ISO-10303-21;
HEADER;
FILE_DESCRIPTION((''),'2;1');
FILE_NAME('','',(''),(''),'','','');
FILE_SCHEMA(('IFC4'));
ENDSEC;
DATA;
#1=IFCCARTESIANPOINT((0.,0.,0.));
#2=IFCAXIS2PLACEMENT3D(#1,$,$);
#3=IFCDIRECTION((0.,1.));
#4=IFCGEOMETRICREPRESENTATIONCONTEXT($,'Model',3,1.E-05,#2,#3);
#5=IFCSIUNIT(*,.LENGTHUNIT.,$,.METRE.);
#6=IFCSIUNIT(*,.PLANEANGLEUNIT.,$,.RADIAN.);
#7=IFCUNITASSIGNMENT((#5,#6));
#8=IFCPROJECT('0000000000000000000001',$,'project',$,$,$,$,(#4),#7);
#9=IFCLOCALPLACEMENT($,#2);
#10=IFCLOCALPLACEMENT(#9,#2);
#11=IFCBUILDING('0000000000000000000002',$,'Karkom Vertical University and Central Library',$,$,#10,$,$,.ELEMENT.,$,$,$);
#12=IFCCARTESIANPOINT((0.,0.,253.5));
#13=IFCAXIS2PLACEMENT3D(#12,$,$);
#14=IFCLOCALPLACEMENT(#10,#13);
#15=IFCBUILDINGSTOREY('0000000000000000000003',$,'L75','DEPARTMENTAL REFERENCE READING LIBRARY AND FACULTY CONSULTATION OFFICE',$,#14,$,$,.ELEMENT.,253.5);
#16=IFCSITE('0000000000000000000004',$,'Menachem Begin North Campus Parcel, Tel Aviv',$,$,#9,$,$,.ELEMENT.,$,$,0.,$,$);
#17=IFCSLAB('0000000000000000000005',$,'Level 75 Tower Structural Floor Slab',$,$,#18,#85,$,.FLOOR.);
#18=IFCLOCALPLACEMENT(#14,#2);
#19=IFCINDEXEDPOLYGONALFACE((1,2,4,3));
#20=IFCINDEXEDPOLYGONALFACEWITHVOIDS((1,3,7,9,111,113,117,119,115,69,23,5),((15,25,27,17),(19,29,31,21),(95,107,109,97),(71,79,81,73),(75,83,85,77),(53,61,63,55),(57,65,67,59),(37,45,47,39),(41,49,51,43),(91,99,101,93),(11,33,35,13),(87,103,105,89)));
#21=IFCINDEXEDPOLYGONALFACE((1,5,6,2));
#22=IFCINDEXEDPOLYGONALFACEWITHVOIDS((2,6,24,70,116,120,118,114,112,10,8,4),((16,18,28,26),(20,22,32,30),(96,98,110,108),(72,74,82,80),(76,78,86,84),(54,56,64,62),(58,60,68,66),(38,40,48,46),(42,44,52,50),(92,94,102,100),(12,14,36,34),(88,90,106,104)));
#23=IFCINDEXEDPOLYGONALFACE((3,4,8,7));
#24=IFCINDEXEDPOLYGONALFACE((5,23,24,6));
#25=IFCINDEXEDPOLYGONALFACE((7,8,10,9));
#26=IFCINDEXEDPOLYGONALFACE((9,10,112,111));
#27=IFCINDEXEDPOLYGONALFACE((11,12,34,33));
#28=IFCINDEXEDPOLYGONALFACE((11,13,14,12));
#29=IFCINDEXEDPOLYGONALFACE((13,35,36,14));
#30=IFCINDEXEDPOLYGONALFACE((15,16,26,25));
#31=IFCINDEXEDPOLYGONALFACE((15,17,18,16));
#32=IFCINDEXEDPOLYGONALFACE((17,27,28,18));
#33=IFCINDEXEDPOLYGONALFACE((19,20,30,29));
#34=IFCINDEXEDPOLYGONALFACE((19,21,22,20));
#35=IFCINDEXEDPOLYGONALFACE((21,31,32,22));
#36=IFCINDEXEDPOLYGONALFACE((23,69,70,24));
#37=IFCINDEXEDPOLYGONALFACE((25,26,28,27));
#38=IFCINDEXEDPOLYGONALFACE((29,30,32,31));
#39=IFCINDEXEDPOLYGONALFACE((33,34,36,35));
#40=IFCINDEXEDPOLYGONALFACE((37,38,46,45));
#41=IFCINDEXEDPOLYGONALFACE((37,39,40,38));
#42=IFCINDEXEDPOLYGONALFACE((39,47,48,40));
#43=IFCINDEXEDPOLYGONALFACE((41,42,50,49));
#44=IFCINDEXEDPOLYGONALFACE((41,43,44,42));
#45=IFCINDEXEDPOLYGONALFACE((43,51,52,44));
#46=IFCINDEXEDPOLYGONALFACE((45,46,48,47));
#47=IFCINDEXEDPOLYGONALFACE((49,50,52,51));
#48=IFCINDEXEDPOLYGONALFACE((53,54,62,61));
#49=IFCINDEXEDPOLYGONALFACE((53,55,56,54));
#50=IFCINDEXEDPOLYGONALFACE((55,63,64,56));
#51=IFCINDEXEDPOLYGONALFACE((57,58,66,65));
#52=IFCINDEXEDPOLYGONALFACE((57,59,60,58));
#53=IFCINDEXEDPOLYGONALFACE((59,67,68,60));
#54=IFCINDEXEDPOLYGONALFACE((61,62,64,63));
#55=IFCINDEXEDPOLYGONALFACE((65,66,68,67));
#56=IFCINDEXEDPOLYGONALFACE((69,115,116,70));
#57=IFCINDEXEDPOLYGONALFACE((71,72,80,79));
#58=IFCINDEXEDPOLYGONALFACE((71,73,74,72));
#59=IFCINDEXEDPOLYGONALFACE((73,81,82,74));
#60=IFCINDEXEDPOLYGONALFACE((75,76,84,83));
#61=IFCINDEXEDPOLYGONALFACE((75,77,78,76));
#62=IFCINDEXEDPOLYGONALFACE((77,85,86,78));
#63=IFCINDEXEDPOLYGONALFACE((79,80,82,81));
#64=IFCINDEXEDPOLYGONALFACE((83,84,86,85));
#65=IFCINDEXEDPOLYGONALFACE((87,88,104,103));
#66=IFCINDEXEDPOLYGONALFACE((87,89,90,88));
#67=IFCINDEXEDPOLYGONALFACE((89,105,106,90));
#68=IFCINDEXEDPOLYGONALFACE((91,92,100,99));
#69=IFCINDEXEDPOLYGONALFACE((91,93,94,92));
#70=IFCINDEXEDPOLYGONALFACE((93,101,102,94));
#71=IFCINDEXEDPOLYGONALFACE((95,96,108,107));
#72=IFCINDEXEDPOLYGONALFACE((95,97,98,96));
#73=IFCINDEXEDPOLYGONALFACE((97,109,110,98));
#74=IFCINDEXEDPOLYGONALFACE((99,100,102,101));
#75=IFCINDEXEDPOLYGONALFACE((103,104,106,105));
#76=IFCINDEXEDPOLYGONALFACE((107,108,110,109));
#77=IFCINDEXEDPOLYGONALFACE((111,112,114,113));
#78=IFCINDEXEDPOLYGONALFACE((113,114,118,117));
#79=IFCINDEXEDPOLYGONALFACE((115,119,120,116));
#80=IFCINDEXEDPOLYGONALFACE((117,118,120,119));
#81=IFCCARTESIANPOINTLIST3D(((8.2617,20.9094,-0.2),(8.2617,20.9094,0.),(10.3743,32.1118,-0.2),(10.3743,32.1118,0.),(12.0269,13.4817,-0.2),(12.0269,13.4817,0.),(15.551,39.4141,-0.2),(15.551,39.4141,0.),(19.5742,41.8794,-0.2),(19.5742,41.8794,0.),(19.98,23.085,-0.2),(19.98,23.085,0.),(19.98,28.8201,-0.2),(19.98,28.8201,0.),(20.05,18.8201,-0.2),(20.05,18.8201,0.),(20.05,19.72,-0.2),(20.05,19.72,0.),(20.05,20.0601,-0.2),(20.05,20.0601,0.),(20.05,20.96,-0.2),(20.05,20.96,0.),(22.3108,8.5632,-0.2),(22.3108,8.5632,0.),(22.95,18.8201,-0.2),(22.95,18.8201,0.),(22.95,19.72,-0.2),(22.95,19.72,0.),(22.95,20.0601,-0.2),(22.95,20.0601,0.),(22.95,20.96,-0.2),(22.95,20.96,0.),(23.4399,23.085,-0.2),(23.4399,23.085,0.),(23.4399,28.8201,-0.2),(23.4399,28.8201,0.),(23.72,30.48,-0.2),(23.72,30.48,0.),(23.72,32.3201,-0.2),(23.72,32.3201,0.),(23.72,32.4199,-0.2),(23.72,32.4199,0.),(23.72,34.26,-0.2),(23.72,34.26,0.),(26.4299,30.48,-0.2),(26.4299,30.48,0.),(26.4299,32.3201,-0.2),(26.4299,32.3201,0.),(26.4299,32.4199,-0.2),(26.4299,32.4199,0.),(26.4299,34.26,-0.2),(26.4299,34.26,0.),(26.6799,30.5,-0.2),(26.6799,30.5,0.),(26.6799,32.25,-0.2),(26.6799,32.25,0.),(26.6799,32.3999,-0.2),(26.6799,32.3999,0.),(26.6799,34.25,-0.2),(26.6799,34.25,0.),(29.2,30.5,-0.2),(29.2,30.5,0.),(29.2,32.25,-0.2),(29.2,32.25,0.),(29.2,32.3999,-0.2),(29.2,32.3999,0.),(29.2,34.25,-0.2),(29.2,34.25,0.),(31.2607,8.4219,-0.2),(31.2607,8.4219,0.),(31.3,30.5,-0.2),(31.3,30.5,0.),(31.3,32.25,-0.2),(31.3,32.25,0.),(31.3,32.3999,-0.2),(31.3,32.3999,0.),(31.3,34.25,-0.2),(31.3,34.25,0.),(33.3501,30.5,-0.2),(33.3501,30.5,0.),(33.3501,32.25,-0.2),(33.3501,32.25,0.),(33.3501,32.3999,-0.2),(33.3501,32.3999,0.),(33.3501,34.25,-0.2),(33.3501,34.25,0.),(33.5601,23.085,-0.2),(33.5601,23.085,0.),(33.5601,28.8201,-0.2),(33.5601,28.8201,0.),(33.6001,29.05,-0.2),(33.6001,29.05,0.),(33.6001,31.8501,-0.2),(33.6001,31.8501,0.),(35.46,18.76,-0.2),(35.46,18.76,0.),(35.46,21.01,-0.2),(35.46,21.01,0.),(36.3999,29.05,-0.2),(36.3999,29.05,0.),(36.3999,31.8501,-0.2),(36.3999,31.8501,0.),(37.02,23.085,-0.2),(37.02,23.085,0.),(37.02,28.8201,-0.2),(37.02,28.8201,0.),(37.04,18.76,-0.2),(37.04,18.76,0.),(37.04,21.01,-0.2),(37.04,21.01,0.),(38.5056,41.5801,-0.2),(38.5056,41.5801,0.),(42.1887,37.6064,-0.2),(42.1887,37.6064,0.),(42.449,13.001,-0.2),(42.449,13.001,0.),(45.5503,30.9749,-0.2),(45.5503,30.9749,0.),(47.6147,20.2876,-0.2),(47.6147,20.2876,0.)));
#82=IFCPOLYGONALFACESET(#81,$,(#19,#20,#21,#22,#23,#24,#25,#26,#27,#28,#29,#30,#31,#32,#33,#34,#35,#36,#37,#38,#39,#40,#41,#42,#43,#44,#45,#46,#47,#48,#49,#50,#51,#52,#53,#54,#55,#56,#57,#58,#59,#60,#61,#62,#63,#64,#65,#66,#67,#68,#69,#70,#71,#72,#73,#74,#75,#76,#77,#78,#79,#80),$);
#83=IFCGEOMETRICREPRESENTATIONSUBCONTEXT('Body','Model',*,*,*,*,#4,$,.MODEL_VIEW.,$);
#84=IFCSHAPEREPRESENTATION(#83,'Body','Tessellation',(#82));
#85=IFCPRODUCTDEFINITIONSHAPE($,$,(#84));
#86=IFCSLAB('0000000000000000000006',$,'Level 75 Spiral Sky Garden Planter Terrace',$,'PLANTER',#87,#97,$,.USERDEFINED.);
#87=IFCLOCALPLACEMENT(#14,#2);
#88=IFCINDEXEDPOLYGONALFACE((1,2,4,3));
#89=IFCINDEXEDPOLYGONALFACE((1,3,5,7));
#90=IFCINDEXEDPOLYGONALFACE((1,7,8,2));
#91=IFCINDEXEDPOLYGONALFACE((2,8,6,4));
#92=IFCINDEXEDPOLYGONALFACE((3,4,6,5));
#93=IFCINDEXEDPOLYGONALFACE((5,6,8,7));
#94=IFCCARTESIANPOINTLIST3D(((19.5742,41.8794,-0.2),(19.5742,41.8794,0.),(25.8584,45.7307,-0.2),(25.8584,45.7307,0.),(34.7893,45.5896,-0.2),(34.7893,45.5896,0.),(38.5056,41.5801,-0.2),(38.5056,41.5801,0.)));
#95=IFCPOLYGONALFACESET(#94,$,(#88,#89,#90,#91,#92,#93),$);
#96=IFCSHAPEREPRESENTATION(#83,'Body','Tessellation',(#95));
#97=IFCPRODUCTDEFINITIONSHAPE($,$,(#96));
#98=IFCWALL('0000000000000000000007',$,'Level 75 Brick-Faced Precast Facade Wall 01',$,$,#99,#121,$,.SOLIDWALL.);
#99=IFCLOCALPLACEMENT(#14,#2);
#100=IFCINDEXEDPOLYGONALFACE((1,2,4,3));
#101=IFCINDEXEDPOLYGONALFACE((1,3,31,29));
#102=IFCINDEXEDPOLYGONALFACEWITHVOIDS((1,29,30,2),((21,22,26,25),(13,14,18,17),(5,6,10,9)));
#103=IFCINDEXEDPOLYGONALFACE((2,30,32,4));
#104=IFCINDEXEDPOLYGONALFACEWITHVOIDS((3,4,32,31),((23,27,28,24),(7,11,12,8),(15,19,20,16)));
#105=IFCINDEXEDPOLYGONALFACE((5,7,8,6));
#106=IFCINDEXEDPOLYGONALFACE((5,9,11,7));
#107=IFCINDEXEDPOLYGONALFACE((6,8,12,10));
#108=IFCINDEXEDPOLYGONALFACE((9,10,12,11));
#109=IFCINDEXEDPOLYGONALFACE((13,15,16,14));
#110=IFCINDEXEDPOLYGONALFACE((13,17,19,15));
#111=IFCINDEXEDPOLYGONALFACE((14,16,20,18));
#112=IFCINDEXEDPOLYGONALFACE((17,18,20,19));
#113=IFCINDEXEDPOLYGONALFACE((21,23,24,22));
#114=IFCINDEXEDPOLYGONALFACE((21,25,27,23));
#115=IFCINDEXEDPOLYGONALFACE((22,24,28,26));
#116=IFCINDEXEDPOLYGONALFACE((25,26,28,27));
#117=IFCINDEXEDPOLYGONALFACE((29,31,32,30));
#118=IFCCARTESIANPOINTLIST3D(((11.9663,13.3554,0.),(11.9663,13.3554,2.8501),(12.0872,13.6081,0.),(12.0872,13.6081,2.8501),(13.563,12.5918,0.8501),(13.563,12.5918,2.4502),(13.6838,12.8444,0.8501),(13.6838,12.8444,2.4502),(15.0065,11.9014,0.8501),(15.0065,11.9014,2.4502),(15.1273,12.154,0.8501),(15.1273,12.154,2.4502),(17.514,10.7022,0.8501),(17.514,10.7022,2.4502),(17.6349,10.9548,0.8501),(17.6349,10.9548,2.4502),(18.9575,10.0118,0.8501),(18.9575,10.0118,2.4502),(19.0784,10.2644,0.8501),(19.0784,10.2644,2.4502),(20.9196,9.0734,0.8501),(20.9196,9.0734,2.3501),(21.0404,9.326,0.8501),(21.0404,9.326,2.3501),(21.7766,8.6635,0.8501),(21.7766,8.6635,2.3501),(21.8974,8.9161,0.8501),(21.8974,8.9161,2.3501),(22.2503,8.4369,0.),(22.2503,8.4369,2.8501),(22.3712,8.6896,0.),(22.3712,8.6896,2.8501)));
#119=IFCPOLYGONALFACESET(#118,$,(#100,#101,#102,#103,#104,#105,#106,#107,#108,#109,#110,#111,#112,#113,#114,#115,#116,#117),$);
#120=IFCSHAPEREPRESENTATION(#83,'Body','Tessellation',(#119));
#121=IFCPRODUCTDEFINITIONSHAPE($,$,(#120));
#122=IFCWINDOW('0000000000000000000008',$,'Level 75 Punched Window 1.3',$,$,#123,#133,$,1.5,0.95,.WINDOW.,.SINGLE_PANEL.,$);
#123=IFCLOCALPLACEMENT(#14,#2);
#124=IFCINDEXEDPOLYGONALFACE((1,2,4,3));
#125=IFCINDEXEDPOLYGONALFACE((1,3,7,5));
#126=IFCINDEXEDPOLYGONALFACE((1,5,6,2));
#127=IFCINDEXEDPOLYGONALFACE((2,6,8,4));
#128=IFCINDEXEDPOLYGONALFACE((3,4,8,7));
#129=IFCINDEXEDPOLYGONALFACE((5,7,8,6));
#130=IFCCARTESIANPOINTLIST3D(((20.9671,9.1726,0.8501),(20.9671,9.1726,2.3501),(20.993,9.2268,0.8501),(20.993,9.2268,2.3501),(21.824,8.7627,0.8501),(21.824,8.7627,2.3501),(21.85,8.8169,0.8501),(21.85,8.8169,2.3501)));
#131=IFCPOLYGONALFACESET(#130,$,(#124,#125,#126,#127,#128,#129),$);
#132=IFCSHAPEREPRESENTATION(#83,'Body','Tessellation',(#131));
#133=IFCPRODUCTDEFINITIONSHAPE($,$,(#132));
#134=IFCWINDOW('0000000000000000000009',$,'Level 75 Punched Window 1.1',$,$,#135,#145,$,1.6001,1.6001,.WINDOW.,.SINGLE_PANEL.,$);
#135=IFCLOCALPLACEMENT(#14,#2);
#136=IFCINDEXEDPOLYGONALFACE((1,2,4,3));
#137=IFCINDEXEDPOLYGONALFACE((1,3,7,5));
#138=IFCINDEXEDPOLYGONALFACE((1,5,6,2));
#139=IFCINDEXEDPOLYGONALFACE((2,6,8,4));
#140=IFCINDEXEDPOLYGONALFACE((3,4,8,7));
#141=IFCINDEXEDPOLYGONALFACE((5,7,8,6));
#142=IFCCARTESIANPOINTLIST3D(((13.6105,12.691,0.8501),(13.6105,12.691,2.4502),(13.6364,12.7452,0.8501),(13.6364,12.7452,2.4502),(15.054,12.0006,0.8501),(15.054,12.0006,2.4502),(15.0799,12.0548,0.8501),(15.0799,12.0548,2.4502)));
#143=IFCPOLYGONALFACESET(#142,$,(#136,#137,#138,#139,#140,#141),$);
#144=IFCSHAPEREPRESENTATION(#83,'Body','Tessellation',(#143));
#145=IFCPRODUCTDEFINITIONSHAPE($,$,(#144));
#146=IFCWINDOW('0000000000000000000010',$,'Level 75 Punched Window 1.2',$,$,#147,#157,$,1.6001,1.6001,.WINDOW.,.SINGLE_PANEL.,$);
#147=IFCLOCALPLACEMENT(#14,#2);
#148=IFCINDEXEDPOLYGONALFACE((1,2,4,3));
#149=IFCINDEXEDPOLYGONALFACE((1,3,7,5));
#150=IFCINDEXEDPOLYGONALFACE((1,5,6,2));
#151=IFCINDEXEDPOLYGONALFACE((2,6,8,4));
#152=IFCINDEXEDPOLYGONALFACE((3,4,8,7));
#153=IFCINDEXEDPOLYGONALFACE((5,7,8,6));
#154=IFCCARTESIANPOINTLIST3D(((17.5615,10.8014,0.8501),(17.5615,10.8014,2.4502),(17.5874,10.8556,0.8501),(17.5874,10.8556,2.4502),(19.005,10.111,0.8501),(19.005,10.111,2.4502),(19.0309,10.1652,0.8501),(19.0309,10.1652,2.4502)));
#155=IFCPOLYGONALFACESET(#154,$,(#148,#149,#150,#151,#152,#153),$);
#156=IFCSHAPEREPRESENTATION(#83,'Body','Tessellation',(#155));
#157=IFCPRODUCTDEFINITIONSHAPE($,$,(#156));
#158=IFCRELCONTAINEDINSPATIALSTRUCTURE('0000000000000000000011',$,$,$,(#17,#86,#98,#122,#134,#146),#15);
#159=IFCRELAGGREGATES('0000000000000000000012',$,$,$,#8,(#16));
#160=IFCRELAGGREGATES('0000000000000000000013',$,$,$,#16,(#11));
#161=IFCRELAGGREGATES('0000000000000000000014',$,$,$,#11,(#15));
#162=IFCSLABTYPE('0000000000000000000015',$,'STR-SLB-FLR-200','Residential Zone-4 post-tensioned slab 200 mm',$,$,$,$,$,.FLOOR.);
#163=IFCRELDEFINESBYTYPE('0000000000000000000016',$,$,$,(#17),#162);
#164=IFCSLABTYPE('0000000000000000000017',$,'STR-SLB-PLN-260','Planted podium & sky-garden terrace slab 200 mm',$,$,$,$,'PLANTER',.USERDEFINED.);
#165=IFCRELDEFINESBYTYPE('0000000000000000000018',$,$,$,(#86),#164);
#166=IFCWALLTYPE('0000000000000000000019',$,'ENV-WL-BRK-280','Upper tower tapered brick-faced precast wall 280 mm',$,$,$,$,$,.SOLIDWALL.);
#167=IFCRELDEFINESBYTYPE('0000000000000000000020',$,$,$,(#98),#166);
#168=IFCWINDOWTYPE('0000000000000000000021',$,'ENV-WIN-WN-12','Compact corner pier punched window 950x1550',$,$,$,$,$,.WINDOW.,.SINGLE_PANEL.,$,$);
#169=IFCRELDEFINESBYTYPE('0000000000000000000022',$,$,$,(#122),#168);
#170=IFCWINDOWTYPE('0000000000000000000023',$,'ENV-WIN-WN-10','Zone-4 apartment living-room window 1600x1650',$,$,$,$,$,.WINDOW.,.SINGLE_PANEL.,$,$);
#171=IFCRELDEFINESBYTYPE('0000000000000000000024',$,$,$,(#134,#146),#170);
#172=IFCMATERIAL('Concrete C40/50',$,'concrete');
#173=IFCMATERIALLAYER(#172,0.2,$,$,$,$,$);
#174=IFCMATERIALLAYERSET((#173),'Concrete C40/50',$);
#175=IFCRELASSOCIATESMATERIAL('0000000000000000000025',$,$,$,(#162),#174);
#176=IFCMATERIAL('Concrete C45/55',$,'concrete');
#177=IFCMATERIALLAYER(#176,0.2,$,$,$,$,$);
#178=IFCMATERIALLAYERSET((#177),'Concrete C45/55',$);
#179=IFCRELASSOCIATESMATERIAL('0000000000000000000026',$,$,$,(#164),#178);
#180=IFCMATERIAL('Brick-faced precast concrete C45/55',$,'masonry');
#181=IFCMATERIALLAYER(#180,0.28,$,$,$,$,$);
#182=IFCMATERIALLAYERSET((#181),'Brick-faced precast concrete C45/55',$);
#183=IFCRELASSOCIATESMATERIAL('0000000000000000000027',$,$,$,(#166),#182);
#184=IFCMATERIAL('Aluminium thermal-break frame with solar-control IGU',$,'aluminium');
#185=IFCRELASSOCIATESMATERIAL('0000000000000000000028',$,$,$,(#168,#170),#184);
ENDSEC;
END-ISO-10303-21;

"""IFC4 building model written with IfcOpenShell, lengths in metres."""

from ifc_helpers import new_model, si_unit, direction, frame, frame_2d, origin, origin_with_axes, place, context, subcontext, project, spatial, polyline, rectangle, outline, extrude, source, transform, mapped, material, layer, layer_set, type_object, element, fill, save


model = new_model("IFC4")

# Units and contexts
model_context = context("Model", 3, precision=1e-05, world=origin(), true_north=direction((0.0, 1.0)))
body_context = subcontext(model_context, "Body", "Model", "MODEL_VIEW")
ifc_project = project(units=[si_unit("LENGTHUNIT", "METRE"), si_unit("PLANEANGLEUNIT", "RADIAN")], contexts=[model_context])

# Site, building, storey
site_placement = place(None, origin())
site = spatial("IfcSite", under=ifc_project, at=site_placement, Name="Menachem Begin North Campus Parcel, Tel Aviv", CompositionType="ELEMENT", RefElevation=0.0)
building_placement = place(site_placement, origin())
building = spatial("IfcBuilding", under=site, at=building_placement, Name="Karkom Vertical University and Central Library", CompositionType="ELEMENT")
storey_placement = place(building_placement, frame((0.0, 0.0, 253.5)))
storey = spatial("IfcBuildingStorey", under=building, at=storey_placement, Name="L75", Description="DEPARTMENTAL REFERENCE READING LIBRARY AND FACULTY CONSULTATION OFFICE", CompositionType="ELEMENT", Elevation=253.5)

# Shared definitions
ifc_material_1 = material(Name="Concrete C45/55", Category="concrete")

# Slabs
ifc_material_2 = material(Name="Concrete C40/50", Category="concrete")
ifc_layer_1 = layer(ifc_material_2, 0.2)
ifc_layer_set_1 = layer_set([ifc_layer_1], Name="Concrete C40/50")
slab_type_1 = type_object("IfcSlabType", Name="STR-SLB-FLR-200", Description="Residential Zone-4 post-tensioned slab 200 mm", PredefinedType="FLOOR", material=ifc_layer_set_1)
slab_1_placement = place(storey_placement, frame((0.0, 0.0, -0.2)))
element("IfcSlab", 1, at=slab_1_placement, inside=storey, type_object=slab_type_1, Name="Level 75 Tower Structural Floor Slab", PredefinedType="FLOOR", context=body_context, shape_type="SweptSolid", body=[
    extrude(outline(polyline([(12.0269, 13.4817), (22.3108, 8.5632), (31.2607, 8.4219), (42.449, 13.001), (47.6147, 20.2876), (45.5503, 30.9749), (42.1887, 37.6064), (38.5056, 41.5801), (19.5742, 41.8794), (15.551, 39.4141), (10.3743, 32.1118), (8.2617, 20.9094), (12.0269, 13.4817)]), holes=[polyline([(19.98, 23.085), (23.4399, 23.085), (23.4399, 28.8201), (19.98, 28.8201), (19.98, 23.085)]), polyline([(33.5601, 23.085), (37.02, 23.085), (37.02, 28.8201), (33.5601, 28.8201), (33.5601, 23.085)]), polyline([(26.6799, 30.5), (29.2, 30.5), (29.2, 32.25), (26.6799, 32.25), (26.6799, 30.5)]), polyline([(26.6799, 32.3999), (29.2, 32.3999), (29.2, 34.25), (26.6799, 34.25), (26.6799, 32.3999)]), polyline([(31.3, 30.5), (33.3501, 30.5), (33.3501, 32.25), (31.3, 32.25), (31.3, 30.5)]), polyline([(31.3, 32.3999), (33.3501, 32.3999), (33.3501, 34.25), (31.3, 34.25), (31.3, 32.3999)]), polyline([(23.72, 30.48), (26.4299, 30.48), (26.4299, 32.3201), (23.72, 32.3201), (23.72, 30.48)]), polyline([(23.72, 32.4199), (26.4299, 32.4199), (26.4299, 34.26), (23.72, 34.26), (23.72, 32.4199)]), polyline([(33.6001, 29.05), (36.3999, 29.05), (36.3999, 31.8501), (33.6001, 31.8501), (33.6001, 29.05)]), polyline([(20.05, 18.8201), (22.95, 18.8201), (22.95, 19.72), (20.05, 19.72), (20.05, 18.8201)]), polyline([(20.05, 20.0601), (22.95, 20.0601), (22.95, 20.96), (20.05, 20.96), (20.05, 20.0601)]), polyline([(35.46, 18.76), (37.04, 18.76), (37.04, 21.01), (35.46, 21.01), (35.46, 18.76)])]), origin(), (0.0, 0.0, 1.0), 0.2),
])
ifc_layer_2 = layer(ifc_material_1, 0.2)
ifc_layer_set_2 = layer_set([ifc_layer_2], Name="Concrete C45/55")
slab_type_2 = type_object("IfcSlabType", Name="STR-SLB-PLN-260", Description="Planted podium & sky-garden terrace slab 200 mm", ElementType="PLANTER", PredefinedType="USERDEFINED", material=ifc_layer_set_2)
slab_2_placement = place(storey_placement, frame((0.0, 0.0, -0.2)))
element("IfcSlab", 2, at=slab_2_placement, inside=storey, type_object=slab_type_2, Name="Level 75 Spiral Sky Garden Planter Terrace", ObjectType="PLANTER", PredefinedType="USERDEFINED", context=body_context, shape_type="SweptSolid", body=[
    extrude(outline(polyline([(38.5056, 41.5801), (34.7893, 45.5896), (25.8584, 45.7307), (19.5742, 41.8794), (38.5056, 41.5801)])), origin(), (0.0, 0.0, 1.0), 0.2),
])

# Wall, openings, windows
ifc_material_3 = material(Name="Brick-faced precast concrete C45/55", Category="masonry")
ifc_layer_3 = layer(ifc_material_3, 0.28)
ifc_layer_set_3 = layer_set([ifc_layer_3], Name="Brick-faced precast concrete C45/55")
wall_type_1 = type_object("IfcWallType", Name="ENV-WL-BRK-280", Description="Upper tower tapered brick-faced precast wall 280 mm", PredefinedType="SOLIDWALL", material=ifc_layer_set_3)
wall_1_placement = place(storey_placement, frame((12.0269, 13.4817, 0.0), z_axis=(0.0, 0.0, 1.0), x_axis=(0.902132, -0.431459, 0.0)))
wall_1 = element("IfcWall", 3, at=wall_1_placement, inside=storey, type_object=wall_type_1, Name="Level 75 Brick-Faced Precast Facade Wall 01", PredefinedType="SOLIDWALL", context=body_context, shape_type="SweptSolid", body=[
    extrude(rectangle(XDim=11.3997, YDim=0.28, at=frame_2d((5.6997, 0.0))), origin(), (0.0, 0.0, 1.0), 2.8501),
])
opening_1_placement = place(wall_1_placement, frame((1.7698, 0.0, 0.8501)))
opening_1 = element("IfcOpeningElement", 4, at=opening_1_placement, cuts=wall_1, PredefinedType="OPENING", context=body_context, shape_type="SweptSolid", body=[
    extrude(rectangle(XDim=1.6001, YDim=1.6001, at=frame_2d((0.8, 0.8))), frame((0.0, 0.1499, 0.0), z_axis=(0.0, -1.0, 0.0), x_axis=(1.0, 0.0, 0.0)), (0.0, 0.0, 1.0), 0.3),
])
opening_2_placement = place(wall_1_placement, frame((6.1494, 0.0, 0.8501)))
opening_2 = element("IfcOpeningElement", 5, at=opening_2_placement, cuts=wall_1, PredefinedType="OPENING", context=body_context, shape_type="SweptSolid", body=[
    extrude(rectangle(XDim=1.6001, YDim=1.6001, at=frame_2d((0.8, 0.8))), frame((0.0, 0.1499, 0.0), z_axis=(0.0, -1.0, 0.0), x_axis=(1.0, 0.0, 0.0)), (0.0, 0.0, 1.0), 0.3),
])
opening_3_placement = place(wall_1_placement, frame((9.9243, 0.0, 0.8501)))
opening_3 = element("IfcOpeningElement", 6, at=opening_3_placement, cuts=wall_1, PredefinedType="OPENING", context=body_context, shape_type="SweptSolid", body=[
    extrude(rectangle(XDim=0.95, YDim=1.5, at=frame_2d((0.4751, 0.75))), frame((0.0, 0.1499, 0.0), z_axis=(0.0, -1.0, 0.0), x_axis=(1.0, 0.0, 0.0)), (0.0, 0.0, 1.0), 0.3),
])
ifc_material_4 = material(Name="Aluminium thermal-break frame with solar-control IGU", Category="aluminium")
window_type_1 = type_object("IfcWindowType", Name="ENV-WIN-WN-12", Description="Compact corner pier punched window 950x1550", PartitioningType="SINGLE_PANEL", PredefinedType="WINDOW", material=ifc_material_4)
shared_shape_1 = source(origin_with_axes(), body_context, "Body", "SweptSolid", [
    extrude(rectangle(XDim=0.95, YDim=1.5, at=frame_2d((0.4751, 0.75))), frame((0.0, 0.03, 0.0), z_axis=(0.0, -1.0, 0.0), x_axis=(1.0, 0.0, 0.0)), (0.0, 0.0, 1.0), 0.0601),
])
window_1_placement = place(opening_3_placement, origin())
window_1 = element("IfcWindow", 7, at=window_1_placement, inside=storey, type_object=window_type_1, Name="Level 75 Punched Window 1.3", OverallHeight=1.5, OverallWidth=0.95, PartitioningType="SINGLE_PANEL", PredefinedType="WINDOW", context=body_context, shape_type="MappedRepresentation", body=[
    mapped(shared_shape_1, transform((0.0, 0.0, 0.0), scale=1.0)),
])
fill(opening_3, window_1)
window_type_2 = type_object("IfcWindowType", Name="ENV-WIN-WN-10", Description="Zone-4 apartment living-room window 1600x1650", PartitioningType="SINGLE_PANEL", PredefinedType="WINDOW", material=ifc_material_4)
shared_shape_2 = source(origin_with_axes(), body_context, "Body", "SweptSolid", [
    extrude(rectangle(XDim=1.6001, YDim=1.6001, at=frame_2d((0.8, 0.8))), frame((0.0, 0.03, 0.0), z_axis=(0.0, -1.0, 0.0), x_axis=(1.0, 0.0, 0.0)), (0.0, 0.0, 1.0), 0.0601),
])
window_2_placement = place(opening_1_placement, origin())
window_2 = element("IfcWindow", 8, at=window_2_placement, inside=storey, type_object=window_type_2, Name="Level 75 Punched Window 1.1", OverallHeight=1.6001, OverallWidth=1.6001, PartitioningType="SINGLE_PANEL", PredefinedType="WINDOW", context=body_context, shape_type="MappedRepresentation", body=[
    mapped(shared_shape_2, transform((0.0, 0.0, 0.0), scale=1.0)),
])
fill(opening_1, window_2)
window_3_placement = place(opening_2_placement, origin())
window_3 = element("IfcWindow", 9, at=window_3_placement, inside=storey, type_object=window_type_2, Name="Level 75 Punched Window 1.2", OverallHeight=1.6001, OverallWidth=1.6001, PartitioningType="SINGLE_PANEL", PredefinedType="WINDOW", context=body_context, shape_type="MappedRepresentation", body=[
    mapped(shared_shape_2, transform((0.0, 0.0, 0.0), scale=1.0)),
])
fill(opening_2, window_3)

save(model, "model.ifc")
